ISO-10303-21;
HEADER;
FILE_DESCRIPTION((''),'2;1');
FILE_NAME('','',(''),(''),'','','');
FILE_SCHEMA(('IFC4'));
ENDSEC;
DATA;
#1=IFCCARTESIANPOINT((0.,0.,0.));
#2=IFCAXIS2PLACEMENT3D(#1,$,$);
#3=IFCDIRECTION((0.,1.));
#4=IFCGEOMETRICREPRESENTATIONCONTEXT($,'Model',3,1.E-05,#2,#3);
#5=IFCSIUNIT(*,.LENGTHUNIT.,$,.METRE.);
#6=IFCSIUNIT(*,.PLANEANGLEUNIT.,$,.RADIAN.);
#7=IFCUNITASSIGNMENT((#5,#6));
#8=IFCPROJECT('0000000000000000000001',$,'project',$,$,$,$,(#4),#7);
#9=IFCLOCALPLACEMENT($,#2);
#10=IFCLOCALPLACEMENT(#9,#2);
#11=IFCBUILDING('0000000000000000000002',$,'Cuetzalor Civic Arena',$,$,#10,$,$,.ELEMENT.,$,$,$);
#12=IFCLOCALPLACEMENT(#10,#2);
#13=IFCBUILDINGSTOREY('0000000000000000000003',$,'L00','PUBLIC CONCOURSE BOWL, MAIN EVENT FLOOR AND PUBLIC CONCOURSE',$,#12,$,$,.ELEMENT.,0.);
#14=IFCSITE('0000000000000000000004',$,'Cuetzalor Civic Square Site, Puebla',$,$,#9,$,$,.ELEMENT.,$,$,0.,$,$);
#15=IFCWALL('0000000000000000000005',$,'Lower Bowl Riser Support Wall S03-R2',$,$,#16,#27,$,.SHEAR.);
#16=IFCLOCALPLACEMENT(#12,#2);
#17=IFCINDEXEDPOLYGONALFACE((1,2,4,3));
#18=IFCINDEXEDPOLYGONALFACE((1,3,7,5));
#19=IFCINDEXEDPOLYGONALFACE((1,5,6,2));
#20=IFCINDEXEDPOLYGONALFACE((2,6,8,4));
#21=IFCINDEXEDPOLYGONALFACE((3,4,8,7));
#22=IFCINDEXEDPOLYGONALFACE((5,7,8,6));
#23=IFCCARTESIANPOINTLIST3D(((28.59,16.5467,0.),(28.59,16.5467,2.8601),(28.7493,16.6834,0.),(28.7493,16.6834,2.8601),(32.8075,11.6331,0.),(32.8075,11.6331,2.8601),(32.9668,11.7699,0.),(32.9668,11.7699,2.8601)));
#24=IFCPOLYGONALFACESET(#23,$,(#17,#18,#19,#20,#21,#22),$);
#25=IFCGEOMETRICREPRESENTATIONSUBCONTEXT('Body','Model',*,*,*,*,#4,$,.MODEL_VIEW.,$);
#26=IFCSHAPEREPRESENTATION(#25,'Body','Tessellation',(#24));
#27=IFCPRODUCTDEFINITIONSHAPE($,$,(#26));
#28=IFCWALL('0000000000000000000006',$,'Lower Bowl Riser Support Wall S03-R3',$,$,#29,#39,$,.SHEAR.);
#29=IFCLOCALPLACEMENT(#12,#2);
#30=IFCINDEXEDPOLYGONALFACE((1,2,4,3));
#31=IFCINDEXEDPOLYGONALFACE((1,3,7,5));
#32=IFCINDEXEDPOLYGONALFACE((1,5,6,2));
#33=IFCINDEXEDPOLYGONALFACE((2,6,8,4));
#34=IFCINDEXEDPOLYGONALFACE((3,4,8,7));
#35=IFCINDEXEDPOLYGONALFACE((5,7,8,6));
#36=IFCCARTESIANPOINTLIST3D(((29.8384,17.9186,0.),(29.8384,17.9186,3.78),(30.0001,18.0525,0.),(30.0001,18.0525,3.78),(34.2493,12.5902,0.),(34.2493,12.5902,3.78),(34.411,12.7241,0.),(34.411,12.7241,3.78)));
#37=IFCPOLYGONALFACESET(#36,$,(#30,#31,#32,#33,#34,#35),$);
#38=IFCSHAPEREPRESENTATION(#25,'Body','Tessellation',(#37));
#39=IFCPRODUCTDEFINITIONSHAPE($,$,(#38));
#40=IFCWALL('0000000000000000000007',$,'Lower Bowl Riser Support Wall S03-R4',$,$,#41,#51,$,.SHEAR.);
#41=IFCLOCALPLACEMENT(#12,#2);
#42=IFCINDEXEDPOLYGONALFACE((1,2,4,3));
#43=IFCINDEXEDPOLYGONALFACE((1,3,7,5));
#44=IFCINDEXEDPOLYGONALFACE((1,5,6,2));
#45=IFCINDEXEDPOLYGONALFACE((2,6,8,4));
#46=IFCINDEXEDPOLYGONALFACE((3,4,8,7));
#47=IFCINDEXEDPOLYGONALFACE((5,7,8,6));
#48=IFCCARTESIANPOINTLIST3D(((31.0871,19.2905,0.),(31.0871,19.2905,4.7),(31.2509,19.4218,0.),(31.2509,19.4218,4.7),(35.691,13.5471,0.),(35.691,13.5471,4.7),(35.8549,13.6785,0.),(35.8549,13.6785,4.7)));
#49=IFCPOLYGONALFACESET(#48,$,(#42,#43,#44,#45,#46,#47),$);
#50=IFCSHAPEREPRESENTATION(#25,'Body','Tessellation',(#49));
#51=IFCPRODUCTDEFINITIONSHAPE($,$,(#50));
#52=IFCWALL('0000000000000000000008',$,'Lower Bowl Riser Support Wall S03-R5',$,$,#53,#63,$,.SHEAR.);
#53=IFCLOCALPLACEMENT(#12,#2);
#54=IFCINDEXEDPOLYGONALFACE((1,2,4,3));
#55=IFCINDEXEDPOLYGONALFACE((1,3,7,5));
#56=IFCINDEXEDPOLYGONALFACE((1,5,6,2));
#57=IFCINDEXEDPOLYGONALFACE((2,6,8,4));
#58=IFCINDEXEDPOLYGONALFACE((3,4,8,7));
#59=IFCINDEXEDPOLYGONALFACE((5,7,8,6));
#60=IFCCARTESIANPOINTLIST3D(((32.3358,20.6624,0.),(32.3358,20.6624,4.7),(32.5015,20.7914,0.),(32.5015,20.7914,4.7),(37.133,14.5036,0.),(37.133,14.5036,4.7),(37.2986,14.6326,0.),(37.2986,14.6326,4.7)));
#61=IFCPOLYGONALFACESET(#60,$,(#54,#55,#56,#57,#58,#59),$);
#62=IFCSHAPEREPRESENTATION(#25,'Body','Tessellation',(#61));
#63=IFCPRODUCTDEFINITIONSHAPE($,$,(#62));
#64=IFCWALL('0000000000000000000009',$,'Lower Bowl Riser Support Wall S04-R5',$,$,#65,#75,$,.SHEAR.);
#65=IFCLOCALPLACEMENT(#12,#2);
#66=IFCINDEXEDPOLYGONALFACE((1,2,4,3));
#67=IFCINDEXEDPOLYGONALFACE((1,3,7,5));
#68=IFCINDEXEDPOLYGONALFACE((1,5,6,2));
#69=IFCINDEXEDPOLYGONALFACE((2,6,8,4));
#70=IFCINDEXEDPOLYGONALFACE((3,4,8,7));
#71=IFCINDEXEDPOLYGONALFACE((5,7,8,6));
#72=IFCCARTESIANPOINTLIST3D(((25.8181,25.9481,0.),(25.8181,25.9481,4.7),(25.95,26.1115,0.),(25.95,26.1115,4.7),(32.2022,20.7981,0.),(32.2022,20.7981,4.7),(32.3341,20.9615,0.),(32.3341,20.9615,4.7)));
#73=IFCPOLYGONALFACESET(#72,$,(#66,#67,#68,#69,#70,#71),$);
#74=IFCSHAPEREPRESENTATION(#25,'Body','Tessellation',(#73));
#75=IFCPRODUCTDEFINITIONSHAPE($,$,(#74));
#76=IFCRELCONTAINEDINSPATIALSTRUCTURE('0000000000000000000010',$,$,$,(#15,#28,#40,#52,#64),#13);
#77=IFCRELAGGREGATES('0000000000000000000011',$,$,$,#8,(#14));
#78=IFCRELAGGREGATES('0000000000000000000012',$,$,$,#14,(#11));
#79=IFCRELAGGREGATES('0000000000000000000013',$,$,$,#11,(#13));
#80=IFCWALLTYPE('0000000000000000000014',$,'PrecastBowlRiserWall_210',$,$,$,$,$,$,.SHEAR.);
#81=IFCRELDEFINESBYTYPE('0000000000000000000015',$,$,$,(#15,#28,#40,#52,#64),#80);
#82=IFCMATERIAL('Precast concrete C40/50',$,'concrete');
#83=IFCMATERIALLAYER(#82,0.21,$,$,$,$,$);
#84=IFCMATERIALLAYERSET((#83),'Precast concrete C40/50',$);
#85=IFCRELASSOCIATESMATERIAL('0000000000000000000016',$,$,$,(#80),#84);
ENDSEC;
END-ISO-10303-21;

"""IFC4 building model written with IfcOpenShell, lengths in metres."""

from ifc_helpers import new_model, si_unit, direction, frame, frame_2d, origin, place, context, subcontext, project, spatial, rectangle, extrude, material, layer, layer_set, type_object, element, save


model = new_model("IFC4")

# Units and contexts
model_context = context("Model", 3, precision=1e-05, world=origin(), true_north=direction((0.0, 1.0)))
body_context = subcontext(model_context, "Body", "Model", "MODEL_VIEW")
ifc_project = project(units=[si_unit("LENGTHUNIT", "METRE"), si_unit("PLANEANGLEUNIT", "RADIAN")], contexts=[model_context])

# Site, building, storey
site_placement = place(None, origin())
site = spatial("IfcSite", under=ifc_project, at=site_placement, Name="Cuetzalor Civic Square Site, Puebla", CompositionType="ELEMENT", RefElevation=0.0)
building_placement = place(site_placement, origin())
building = spatial("IfcBuilding", under=site, at=building_placement, Name="Cuetzalor Civic Arena", CompositionType="ELEMENT")
storey_placement = place(building_placement, origin())
storey = spatial("IfcBuildingStorey", under=building, at=storey_placement, Name="L00", Description="PUBLIC CONCOURSE BOWL, MAIN EVENT FLOOR AND PUBLIC CONCOURSE", CompositionType="ELEMENT", Elevation=0.0)

# Walls
ifc_material_1 = material(Name="Precast concrete C40/50", Category="concrete")
ifc_layer_1 = layer(ifc_material_1, 0.21)
ifc_layer_set_1 = layer_set([ifc_layer_1], Name="Precast concrete C40/50")
wall_type_1 = type_object("IfcWallType", Name="PrecastBowlRiserWall_210", PredefinedType="SHEAR", material=ifc_layer_set_1)
wall_1_placement = place(storey_placement, frame((32.8872, 11.7014, 0.0), z_axis=(0.0, 0.0, 1.0), x_axis=(-0.651316, 0.758807, 0.0)))
element("IfcWall", 1, at=wall_1_placement, inside=storey, type_object=wall_type_1, Name="Lower Bowl Riser Support Wall S03-R2", PredefinedType="SHEAR", context=body_context, shape_type="SweptSolid", body=[
    extrude(rectangle(XDim=6.4753, YDim=0.21, at=frame_2d((3.2378, 0.0))), origin(), (0.0, 0.0, 1.0), 2.8601),
])
wall_2_placement = place(storey_placement, frame((34.3301, 12.6572, 0.0), z_axis=(0.0, 0.0, 1.0), x_axis=(-0.637671, 0.770309, 0.0)))
element("IfcWall", 2, at=wall_2_placement, inside=storey, type_object=wall_type_1, Name="Lower Bowl Riser Support Wall S03-R3", PredefinedType="SHEAR", context=body_context, shape_type="SweptSolid", body=[
    extrude(rectangle(XDim=6.9172, YDim=0.21, at=frame_2d((3.4585, 0.0))), origin(), (0.0, 0.0, 1.0), 3.78),
])
wall_3_placement = place(storey_placement, frame((35.7729, 13.6128, 0.0), z_axis=(0.0, 0.0, 1.0), x_axis=(-0.625463, 0.780254, 0.0)))
element("IfcWall", 3, at=wall_3_placement, inside=storey, type_object=wall_type_1, Name="Lower Bowl Riser Support Wall S03-R4", PredefinedType="SHEAR", context=body_context, shape_type="SweptSolid", body=[
    extrude(rectangle(XDim=7.3608, YDim=0.21, at=frame_2d((3.6804, 0.0))), origin(), (0.0, 0.0, 1.0), 4.7),
])
wall_4_placement = place(storey_placement, frame((37.2158, 14.5681, 0.0), z_axis=(0.0, 0.0, 1.0), x_axis=(-0.614501, 0.788916, 0.0)))
element("IfcWall", 4, at=wall_4_placement, inside=storey, type_object=wall_type_1, Name="Lower Bowl Riser Support Wall S03-R5", PredefinedType="SHEAR", context=body_context, shape_type="SweptSolid", body=[
    extrude(rectangle(XDim=7.8066, YDim=0.21, at=frame_2d((3.9033, 0.0))), origin(), (0.0, 0.0, 1.0), 4.7),
])
wall_5_placement = place(storey_placement, frame((32.2681, 20.8799, 0.0), z_axis=(0.0, 0.0, 1.0), x_axis=(-0.778324, 0.627862, 0.0)))
element("IfcWall", 5, at=wall_5_placement, inside=storey, type_object=wall_type_1, Name="Lower Bowl Riser Support Wall S04-R5", PredefinedType="SHEAR", context=body_context, shape_type="SweptSolid", body=[
    extrude(rectangle(XDim=8.2024, YDim=0.21, at=frame_2d((4.1011, 0.0))), origin(), (0.0, 0.0, 1.0), 4.7),
])

save(model, "model.ifc")
